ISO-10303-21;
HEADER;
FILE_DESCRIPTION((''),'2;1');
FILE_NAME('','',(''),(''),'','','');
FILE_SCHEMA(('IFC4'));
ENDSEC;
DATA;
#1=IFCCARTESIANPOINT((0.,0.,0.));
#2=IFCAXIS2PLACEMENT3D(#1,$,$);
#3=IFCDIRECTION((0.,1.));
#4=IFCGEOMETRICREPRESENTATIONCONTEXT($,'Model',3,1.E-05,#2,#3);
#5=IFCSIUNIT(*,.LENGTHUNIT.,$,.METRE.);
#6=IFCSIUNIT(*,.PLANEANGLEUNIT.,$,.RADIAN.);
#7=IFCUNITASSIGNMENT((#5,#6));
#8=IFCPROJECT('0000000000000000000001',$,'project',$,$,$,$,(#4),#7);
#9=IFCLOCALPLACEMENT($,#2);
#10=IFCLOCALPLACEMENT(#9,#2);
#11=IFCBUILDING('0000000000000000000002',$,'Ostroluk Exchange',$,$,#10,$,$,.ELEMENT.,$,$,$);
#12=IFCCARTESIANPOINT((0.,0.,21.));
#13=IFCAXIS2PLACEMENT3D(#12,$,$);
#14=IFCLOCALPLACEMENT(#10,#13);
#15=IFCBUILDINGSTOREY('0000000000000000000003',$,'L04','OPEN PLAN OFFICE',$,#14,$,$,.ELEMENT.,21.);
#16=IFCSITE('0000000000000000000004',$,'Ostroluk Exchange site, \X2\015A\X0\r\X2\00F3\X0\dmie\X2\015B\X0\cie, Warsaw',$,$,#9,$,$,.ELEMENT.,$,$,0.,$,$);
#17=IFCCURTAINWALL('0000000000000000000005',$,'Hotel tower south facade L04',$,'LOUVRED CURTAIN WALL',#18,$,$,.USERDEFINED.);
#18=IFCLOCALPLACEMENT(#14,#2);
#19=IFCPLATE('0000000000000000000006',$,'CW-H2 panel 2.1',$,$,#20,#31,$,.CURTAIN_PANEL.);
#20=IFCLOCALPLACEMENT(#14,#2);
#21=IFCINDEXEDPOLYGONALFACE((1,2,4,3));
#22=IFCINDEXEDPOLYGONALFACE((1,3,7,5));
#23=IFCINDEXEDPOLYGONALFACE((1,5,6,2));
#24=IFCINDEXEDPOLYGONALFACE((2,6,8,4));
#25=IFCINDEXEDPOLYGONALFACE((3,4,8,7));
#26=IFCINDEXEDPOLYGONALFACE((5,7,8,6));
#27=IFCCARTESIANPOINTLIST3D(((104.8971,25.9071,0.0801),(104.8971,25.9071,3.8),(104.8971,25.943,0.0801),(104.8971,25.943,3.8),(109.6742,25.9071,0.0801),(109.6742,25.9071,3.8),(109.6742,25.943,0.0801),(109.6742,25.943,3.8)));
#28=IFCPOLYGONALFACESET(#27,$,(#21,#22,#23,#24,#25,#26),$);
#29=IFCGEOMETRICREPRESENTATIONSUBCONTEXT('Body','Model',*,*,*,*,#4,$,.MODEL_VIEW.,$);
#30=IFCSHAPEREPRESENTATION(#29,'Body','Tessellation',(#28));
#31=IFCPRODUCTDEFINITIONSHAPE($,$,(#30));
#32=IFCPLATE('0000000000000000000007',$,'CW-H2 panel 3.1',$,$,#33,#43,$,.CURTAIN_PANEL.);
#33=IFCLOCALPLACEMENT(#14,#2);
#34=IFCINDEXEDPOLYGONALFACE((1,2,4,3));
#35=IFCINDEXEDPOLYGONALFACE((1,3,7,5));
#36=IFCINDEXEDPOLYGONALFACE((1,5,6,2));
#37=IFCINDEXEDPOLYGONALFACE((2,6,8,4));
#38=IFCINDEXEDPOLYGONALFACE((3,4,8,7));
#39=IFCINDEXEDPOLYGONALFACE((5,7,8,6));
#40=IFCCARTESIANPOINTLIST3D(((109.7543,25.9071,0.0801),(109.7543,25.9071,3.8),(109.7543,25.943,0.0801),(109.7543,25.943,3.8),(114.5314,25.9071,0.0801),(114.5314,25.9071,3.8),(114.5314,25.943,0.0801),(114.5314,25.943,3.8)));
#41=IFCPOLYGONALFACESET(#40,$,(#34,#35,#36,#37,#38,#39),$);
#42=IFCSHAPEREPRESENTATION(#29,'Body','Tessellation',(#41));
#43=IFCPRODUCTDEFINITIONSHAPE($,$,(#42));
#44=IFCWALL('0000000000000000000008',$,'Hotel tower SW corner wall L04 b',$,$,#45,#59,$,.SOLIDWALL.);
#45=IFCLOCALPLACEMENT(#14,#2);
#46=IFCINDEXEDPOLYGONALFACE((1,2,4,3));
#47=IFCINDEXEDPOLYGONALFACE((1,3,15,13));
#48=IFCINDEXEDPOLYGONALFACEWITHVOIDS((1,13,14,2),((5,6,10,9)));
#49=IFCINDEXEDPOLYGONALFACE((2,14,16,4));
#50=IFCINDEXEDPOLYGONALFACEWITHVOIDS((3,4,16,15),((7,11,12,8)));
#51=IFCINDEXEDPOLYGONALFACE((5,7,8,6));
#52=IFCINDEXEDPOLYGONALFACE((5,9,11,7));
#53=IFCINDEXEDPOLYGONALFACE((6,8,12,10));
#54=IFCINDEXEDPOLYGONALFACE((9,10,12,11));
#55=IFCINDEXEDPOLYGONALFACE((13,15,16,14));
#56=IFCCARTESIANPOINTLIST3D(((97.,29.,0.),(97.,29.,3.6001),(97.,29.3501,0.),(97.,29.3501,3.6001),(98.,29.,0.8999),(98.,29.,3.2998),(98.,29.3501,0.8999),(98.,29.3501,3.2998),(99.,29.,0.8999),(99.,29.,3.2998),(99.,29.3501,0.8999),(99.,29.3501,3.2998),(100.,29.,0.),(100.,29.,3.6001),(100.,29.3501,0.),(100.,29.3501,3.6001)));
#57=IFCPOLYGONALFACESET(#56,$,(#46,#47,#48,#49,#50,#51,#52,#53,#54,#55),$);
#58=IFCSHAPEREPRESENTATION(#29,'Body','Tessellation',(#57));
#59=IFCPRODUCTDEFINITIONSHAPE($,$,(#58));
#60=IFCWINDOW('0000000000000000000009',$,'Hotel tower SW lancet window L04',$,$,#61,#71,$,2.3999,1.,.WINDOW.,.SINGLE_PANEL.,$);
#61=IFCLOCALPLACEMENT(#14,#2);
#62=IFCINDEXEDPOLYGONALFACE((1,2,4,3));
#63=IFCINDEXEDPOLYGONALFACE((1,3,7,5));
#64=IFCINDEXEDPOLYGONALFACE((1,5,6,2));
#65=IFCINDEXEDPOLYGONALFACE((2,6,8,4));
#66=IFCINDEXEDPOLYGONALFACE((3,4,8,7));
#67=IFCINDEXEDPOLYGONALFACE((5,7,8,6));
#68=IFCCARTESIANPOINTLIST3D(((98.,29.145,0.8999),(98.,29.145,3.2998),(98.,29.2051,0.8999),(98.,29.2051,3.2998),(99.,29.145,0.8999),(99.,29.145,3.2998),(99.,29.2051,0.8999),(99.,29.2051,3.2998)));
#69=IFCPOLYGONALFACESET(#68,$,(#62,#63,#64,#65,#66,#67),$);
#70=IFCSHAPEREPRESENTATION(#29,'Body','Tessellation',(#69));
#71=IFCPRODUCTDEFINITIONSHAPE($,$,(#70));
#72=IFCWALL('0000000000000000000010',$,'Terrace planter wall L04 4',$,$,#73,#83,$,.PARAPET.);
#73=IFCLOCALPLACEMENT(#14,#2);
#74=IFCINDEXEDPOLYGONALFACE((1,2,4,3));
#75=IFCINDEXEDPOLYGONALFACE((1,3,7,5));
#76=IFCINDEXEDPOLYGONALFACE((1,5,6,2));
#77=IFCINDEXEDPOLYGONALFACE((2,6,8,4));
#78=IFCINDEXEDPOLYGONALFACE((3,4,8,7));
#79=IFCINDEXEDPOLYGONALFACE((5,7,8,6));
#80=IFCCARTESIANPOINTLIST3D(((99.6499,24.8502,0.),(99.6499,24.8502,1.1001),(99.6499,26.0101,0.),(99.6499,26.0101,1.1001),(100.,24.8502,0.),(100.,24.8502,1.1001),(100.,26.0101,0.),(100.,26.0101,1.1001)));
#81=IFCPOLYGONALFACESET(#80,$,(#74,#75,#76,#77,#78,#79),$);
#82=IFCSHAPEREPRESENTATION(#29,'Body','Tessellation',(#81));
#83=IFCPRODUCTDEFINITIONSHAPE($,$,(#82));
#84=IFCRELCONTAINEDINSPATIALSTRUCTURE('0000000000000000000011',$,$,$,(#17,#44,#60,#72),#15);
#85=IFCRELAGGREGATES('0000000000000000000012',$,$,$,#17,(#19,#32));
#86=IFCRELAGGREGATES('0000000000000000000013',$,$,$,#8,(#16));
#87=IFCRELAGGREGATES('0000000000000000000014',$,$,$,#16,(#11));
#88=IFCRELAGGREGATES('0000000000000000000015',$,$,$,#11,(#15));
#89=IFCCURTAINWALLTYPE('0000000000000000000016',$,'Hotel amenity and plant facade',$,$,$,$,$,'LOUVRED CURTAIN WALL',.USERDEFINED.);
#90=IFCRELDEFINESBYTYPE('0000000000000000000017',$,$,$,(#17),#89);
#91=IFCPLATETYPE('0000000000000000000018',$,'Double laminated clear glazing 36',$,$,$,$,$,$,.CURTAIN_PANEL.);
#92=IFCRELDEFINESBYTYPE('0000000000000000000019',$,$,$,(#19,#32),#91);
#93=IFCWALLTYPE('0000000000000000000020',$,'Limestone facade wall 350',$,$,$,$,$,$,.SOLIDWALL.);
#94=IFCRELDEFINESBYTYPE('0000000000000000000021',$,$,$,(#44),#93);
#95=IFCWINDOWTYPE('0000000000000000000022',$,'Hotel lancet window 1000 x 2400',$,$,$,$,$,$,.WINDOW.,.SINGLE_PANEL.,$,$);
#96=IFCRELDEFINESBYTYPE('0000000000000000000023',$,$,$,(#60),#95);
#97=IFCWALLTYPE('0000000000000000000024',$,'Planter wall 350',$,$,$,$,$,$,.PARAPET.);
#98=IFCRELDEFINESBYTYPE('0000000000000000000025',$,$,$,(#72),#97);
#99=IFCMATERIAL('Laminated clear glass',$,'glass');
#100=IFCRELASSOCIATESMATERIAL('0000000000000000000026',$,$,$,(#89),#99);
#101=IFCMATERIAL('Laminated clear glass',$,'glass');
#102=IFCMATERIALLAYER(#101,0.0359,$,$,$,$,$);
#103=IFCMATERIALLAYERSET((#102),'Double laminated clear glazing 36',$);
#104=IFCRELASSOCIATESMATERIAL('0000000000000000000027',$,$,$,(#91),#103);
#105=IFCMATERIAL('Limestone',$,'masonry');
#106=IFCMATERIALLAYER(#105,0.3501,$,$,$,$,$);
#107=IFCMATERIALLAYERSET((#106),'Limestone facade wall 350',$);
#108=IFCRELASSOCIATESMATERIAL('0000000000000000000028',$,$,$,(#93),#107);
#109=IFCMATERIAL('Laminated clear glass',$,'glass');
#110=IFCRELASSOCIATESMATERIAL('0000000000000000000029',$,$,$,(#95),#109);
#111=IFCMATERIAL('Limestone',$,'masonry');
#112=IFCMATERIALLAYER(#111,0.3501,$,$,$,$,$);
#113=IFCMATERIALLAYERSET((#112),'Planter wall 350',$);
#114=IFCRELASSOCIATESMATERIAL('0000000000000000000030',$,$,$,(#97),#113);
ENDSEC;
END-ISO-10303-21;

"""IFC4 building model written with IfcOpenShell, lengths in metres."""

from ifc_helpers import new_model, si_unit, direction, frame, frame_2d, origin, origin_2d, place, context, subcontext, project, spatial, rectangle, extrude, material, layer, layer_set, type_object, element, fill, aggregate, save


model = new_model("IFC4")

# Units and contexts
model_context = context("Model", 3, precision=1e-05, world=origin(), true_north=direction((0.0, 1.0)))
body_context = subcontext(model_context, "Body", "Model", "MODEL_VIEW")
ifc_project = project(units=[si_unit("LENGTHUNIT", "METRE"), si_unit("PLANEANGLEUNIT", "RADIAN")], contexts=[model_context])

# Site, building, storey
site_placement = place(None, origin())
site = spatial("IfcSite", under=ifc_project, at=site_placement, Name="Ostroluk Exchange site, Śródmieście, Warsaw", CompositionType="ELEMENT", RefElevation=0.0)
building_placement = place(site_placement, origin())
building = spatial("IfcBuilding", under=site, at=building_placement, Name="Ostroluk Exchange", CompositionType="ELEMENT")
storey_placement = place(building_placement, frame((0.0, 0.0, 21.0)))
storey = spatial("IfcBuildingStorey", under=building, at=storey_placement, Name="L04", Description="OPEN PLAN OFFICE", CompositionType="ELEMENT", Elevation=21.0)

# Curtain wall, plates
ifc_material_1 = material(Name="Laminated clear glass", Category="glass")
curtain_wall_type = type_object("IfcCurtainWallType", Name="Hotel amenity and plant facade", ElementType="LOUVRED CURTAIN WALL", PredefinedType="USERDEFINED", material=ifc_material_1)
curtain_wall_placement = place(storey_placement, origin())
curtain_wall = element("IfcCurtainWall", 1, at=curtain_wall_placement, inside=storey, type_object=curtain_wall_type, Name="Hotel tower south facade L04", ObjectType="LOUVRED CURTAIN WALL", PredefinedType="USERDEFINED")
ifc_material_2 = material(Name="Laminated clear glass", Category="glass")
ifc_layer_1 = layer(ifc_material_2, 0.0359)
ifc_layer_set_1 = layer_set([ifc_layer_1], Name="Double laminated clear glazing 36")
plate_type = type_object("IfcPlateType", Name="Double laminated clear glazing 36", PredefinedType="CURTAIN_PANEL", material=ifc_layer_set_1)
plate_1_placement = place(storey_placement, frame((107.2856, 25.925, 0.0801), z_axis=(0.0, 0.0, 1.0), x_axis=(1.0, 0.0, 0.0)))
plate_1 = element("IfcPlate", 2, at=plate_1_placement, type_object=plate_type, Name="CW-H2 panel 2.1", PredefinedType="CURTAIN_PANEL", context=body_context, shape_type="SweptSolid", body=[
    extrude(rectangle(XDim=4.7771, YDim=0.0359, at=origin_2d()), origin(), (0.0, 0.0, 1.0), 3.72),
])
plate_2_placement = place(storey_placement, frame((112.1428, 25.925, 0.0801), z_axis=(0.0, 0.0, 1.0), x_axis=(1.0, 0.0, 0.0)))
plate_2 = element("IfcPlate", 3, at=plate_2_placement, type_object=plate_type, Name="CW-H2 panel 3.1", PredefinedType="CURTAIN_PANEL", context=body_context, shape_type="SweptSolid", body=[
    extrude(rectangle(XDim=4.7771, YDim=0.0359, at=origin_2d()), origin(), (0.0, 0.0, 1.0), 3.72),
])
aggregate(curtain_wall, [plate_1, plate_2])

# Shared definitions
ifc_material_3 = material(Name="Limestone", Category="masonry")
ifc_layer_2 = layer(ifc_material_3, 0.3501)
ifc_layer_set_2 = layer_set([ifc_layer_2], Name="Limestone facade wall 350")
wall_type_1 = type_object("IfcWallType", Name="Limestone facade wall 350", PredefinedType="SOLIDWALL", material=ifc_layer_set_2)

# Wall, opening, window
wall_1_placement = place(storey_placement, frame((100.0, 29.175, 0.0), z_axis=(0.0, 0.0, 1.0), x_axis=(-1.0, 0.0, 0.0)))
wall_1 = element("IfcWall", 4, at=wall_1_placement, inside=storey, type_object=wall_type_1, Name="Hotel tower SW corner wall L04 b", PredefinedType="SOLIDWALL", context=body_context, shape_type="SweptSolid", body=[
    extrude(rectangle(XDim=3.0, YDim=0.3501, at=frame_2d((1.5, 0.0))), origin(), (0.0, 0.0, 1.0), 3.6001),
])
opening_1_placement = place(wall_1_placement, frame((1.0, 0.0, 0.8999)))
opening_1 = element("IfcOpeningElement", 5, at=opening_1_placement, cuts=wall_1, PredefinedType="OPENING", context=body_context, shape_type="SweptSolid", body=[
    extrude(rectangle(XDim=1.0, YDim=2.3999, at=frame_2d((0.5, 1.2))), frame((0.0, 0.1851, 0.0), z_axis=(0.0, -1.0, 0.0), x_axis=(1.0, 0.0, 0.0)), (0.0, 0.0, 1.0), 0.3701),
])
ifc_material_4 = material(Name="Laminated clear glass", Category="glass")
window_type = type_object("IfcWindowType", Name="Hotel lancet window 1000 x 2400", PartitioningType="SINGLE_PANEL", PredefinedType="WINDOW", material=ifc_material_4)
window_placement = place(opening_1_placement, origin())
window = element("IfcWindow", 6, at=window_placement, inside=storey, type_object=window_type, Name="Hotel tower SW lancet window L04", OverallHeight=2.3999, OverallWidth=1.0, PartitioningType="SINGLE_PANEL", PredefinedType="WINDOW", context=body_context, shape_type="SweptSolid", body=[
    extrude(rectangle(XDim=1.0, YDim=2.3999, at=frame_2d((0.5, 1.2))), frame((0.0, 0.03, 0.0), z_axis=(0.0, -1.0, 0.0), x_axis=(1.0, 0.0, 0.0)), (0.0, 0.0, 1.0), 0.0601),
])
fill(opening_1, window)

# Wall
ifc_material_5 = material(Name="Limestone", Category="masonry")
ifc_layer_3 = layer(ifc_material_5, 0.3501)
ifc_layer_set_3 = layer_set([ifc_layer_3], Name="Planter wall 350")
wall_type_2 = type_object("IfcWallType", Name="Planter wall 350", PredefinedType="PARAPET", material=ifc_layer_set_3)
wall_2_placement = place(storey_placement, frame((99.825, 24.8501, 0.0), z_axis=(0.0, 0.0, 1.0), x_axis=(0.0, 1.0, 0.0)))
element("IfcWall", 7, at=wall_2_placement, inside=storey, type_object=wall_type_2, Name="Terrace planter wall L04 4", PredefinedType="PARAPET", context=body_context, shape_type="SweptSolid", body=[
    extrude(rectangle(XDim=1.1599, YDim=0.3501, at=frame_2d((0.5801, 0.0))), origin(), (0.0, 0.0, 1.0), 1.1001),
])

save(model, "model.ifc")
